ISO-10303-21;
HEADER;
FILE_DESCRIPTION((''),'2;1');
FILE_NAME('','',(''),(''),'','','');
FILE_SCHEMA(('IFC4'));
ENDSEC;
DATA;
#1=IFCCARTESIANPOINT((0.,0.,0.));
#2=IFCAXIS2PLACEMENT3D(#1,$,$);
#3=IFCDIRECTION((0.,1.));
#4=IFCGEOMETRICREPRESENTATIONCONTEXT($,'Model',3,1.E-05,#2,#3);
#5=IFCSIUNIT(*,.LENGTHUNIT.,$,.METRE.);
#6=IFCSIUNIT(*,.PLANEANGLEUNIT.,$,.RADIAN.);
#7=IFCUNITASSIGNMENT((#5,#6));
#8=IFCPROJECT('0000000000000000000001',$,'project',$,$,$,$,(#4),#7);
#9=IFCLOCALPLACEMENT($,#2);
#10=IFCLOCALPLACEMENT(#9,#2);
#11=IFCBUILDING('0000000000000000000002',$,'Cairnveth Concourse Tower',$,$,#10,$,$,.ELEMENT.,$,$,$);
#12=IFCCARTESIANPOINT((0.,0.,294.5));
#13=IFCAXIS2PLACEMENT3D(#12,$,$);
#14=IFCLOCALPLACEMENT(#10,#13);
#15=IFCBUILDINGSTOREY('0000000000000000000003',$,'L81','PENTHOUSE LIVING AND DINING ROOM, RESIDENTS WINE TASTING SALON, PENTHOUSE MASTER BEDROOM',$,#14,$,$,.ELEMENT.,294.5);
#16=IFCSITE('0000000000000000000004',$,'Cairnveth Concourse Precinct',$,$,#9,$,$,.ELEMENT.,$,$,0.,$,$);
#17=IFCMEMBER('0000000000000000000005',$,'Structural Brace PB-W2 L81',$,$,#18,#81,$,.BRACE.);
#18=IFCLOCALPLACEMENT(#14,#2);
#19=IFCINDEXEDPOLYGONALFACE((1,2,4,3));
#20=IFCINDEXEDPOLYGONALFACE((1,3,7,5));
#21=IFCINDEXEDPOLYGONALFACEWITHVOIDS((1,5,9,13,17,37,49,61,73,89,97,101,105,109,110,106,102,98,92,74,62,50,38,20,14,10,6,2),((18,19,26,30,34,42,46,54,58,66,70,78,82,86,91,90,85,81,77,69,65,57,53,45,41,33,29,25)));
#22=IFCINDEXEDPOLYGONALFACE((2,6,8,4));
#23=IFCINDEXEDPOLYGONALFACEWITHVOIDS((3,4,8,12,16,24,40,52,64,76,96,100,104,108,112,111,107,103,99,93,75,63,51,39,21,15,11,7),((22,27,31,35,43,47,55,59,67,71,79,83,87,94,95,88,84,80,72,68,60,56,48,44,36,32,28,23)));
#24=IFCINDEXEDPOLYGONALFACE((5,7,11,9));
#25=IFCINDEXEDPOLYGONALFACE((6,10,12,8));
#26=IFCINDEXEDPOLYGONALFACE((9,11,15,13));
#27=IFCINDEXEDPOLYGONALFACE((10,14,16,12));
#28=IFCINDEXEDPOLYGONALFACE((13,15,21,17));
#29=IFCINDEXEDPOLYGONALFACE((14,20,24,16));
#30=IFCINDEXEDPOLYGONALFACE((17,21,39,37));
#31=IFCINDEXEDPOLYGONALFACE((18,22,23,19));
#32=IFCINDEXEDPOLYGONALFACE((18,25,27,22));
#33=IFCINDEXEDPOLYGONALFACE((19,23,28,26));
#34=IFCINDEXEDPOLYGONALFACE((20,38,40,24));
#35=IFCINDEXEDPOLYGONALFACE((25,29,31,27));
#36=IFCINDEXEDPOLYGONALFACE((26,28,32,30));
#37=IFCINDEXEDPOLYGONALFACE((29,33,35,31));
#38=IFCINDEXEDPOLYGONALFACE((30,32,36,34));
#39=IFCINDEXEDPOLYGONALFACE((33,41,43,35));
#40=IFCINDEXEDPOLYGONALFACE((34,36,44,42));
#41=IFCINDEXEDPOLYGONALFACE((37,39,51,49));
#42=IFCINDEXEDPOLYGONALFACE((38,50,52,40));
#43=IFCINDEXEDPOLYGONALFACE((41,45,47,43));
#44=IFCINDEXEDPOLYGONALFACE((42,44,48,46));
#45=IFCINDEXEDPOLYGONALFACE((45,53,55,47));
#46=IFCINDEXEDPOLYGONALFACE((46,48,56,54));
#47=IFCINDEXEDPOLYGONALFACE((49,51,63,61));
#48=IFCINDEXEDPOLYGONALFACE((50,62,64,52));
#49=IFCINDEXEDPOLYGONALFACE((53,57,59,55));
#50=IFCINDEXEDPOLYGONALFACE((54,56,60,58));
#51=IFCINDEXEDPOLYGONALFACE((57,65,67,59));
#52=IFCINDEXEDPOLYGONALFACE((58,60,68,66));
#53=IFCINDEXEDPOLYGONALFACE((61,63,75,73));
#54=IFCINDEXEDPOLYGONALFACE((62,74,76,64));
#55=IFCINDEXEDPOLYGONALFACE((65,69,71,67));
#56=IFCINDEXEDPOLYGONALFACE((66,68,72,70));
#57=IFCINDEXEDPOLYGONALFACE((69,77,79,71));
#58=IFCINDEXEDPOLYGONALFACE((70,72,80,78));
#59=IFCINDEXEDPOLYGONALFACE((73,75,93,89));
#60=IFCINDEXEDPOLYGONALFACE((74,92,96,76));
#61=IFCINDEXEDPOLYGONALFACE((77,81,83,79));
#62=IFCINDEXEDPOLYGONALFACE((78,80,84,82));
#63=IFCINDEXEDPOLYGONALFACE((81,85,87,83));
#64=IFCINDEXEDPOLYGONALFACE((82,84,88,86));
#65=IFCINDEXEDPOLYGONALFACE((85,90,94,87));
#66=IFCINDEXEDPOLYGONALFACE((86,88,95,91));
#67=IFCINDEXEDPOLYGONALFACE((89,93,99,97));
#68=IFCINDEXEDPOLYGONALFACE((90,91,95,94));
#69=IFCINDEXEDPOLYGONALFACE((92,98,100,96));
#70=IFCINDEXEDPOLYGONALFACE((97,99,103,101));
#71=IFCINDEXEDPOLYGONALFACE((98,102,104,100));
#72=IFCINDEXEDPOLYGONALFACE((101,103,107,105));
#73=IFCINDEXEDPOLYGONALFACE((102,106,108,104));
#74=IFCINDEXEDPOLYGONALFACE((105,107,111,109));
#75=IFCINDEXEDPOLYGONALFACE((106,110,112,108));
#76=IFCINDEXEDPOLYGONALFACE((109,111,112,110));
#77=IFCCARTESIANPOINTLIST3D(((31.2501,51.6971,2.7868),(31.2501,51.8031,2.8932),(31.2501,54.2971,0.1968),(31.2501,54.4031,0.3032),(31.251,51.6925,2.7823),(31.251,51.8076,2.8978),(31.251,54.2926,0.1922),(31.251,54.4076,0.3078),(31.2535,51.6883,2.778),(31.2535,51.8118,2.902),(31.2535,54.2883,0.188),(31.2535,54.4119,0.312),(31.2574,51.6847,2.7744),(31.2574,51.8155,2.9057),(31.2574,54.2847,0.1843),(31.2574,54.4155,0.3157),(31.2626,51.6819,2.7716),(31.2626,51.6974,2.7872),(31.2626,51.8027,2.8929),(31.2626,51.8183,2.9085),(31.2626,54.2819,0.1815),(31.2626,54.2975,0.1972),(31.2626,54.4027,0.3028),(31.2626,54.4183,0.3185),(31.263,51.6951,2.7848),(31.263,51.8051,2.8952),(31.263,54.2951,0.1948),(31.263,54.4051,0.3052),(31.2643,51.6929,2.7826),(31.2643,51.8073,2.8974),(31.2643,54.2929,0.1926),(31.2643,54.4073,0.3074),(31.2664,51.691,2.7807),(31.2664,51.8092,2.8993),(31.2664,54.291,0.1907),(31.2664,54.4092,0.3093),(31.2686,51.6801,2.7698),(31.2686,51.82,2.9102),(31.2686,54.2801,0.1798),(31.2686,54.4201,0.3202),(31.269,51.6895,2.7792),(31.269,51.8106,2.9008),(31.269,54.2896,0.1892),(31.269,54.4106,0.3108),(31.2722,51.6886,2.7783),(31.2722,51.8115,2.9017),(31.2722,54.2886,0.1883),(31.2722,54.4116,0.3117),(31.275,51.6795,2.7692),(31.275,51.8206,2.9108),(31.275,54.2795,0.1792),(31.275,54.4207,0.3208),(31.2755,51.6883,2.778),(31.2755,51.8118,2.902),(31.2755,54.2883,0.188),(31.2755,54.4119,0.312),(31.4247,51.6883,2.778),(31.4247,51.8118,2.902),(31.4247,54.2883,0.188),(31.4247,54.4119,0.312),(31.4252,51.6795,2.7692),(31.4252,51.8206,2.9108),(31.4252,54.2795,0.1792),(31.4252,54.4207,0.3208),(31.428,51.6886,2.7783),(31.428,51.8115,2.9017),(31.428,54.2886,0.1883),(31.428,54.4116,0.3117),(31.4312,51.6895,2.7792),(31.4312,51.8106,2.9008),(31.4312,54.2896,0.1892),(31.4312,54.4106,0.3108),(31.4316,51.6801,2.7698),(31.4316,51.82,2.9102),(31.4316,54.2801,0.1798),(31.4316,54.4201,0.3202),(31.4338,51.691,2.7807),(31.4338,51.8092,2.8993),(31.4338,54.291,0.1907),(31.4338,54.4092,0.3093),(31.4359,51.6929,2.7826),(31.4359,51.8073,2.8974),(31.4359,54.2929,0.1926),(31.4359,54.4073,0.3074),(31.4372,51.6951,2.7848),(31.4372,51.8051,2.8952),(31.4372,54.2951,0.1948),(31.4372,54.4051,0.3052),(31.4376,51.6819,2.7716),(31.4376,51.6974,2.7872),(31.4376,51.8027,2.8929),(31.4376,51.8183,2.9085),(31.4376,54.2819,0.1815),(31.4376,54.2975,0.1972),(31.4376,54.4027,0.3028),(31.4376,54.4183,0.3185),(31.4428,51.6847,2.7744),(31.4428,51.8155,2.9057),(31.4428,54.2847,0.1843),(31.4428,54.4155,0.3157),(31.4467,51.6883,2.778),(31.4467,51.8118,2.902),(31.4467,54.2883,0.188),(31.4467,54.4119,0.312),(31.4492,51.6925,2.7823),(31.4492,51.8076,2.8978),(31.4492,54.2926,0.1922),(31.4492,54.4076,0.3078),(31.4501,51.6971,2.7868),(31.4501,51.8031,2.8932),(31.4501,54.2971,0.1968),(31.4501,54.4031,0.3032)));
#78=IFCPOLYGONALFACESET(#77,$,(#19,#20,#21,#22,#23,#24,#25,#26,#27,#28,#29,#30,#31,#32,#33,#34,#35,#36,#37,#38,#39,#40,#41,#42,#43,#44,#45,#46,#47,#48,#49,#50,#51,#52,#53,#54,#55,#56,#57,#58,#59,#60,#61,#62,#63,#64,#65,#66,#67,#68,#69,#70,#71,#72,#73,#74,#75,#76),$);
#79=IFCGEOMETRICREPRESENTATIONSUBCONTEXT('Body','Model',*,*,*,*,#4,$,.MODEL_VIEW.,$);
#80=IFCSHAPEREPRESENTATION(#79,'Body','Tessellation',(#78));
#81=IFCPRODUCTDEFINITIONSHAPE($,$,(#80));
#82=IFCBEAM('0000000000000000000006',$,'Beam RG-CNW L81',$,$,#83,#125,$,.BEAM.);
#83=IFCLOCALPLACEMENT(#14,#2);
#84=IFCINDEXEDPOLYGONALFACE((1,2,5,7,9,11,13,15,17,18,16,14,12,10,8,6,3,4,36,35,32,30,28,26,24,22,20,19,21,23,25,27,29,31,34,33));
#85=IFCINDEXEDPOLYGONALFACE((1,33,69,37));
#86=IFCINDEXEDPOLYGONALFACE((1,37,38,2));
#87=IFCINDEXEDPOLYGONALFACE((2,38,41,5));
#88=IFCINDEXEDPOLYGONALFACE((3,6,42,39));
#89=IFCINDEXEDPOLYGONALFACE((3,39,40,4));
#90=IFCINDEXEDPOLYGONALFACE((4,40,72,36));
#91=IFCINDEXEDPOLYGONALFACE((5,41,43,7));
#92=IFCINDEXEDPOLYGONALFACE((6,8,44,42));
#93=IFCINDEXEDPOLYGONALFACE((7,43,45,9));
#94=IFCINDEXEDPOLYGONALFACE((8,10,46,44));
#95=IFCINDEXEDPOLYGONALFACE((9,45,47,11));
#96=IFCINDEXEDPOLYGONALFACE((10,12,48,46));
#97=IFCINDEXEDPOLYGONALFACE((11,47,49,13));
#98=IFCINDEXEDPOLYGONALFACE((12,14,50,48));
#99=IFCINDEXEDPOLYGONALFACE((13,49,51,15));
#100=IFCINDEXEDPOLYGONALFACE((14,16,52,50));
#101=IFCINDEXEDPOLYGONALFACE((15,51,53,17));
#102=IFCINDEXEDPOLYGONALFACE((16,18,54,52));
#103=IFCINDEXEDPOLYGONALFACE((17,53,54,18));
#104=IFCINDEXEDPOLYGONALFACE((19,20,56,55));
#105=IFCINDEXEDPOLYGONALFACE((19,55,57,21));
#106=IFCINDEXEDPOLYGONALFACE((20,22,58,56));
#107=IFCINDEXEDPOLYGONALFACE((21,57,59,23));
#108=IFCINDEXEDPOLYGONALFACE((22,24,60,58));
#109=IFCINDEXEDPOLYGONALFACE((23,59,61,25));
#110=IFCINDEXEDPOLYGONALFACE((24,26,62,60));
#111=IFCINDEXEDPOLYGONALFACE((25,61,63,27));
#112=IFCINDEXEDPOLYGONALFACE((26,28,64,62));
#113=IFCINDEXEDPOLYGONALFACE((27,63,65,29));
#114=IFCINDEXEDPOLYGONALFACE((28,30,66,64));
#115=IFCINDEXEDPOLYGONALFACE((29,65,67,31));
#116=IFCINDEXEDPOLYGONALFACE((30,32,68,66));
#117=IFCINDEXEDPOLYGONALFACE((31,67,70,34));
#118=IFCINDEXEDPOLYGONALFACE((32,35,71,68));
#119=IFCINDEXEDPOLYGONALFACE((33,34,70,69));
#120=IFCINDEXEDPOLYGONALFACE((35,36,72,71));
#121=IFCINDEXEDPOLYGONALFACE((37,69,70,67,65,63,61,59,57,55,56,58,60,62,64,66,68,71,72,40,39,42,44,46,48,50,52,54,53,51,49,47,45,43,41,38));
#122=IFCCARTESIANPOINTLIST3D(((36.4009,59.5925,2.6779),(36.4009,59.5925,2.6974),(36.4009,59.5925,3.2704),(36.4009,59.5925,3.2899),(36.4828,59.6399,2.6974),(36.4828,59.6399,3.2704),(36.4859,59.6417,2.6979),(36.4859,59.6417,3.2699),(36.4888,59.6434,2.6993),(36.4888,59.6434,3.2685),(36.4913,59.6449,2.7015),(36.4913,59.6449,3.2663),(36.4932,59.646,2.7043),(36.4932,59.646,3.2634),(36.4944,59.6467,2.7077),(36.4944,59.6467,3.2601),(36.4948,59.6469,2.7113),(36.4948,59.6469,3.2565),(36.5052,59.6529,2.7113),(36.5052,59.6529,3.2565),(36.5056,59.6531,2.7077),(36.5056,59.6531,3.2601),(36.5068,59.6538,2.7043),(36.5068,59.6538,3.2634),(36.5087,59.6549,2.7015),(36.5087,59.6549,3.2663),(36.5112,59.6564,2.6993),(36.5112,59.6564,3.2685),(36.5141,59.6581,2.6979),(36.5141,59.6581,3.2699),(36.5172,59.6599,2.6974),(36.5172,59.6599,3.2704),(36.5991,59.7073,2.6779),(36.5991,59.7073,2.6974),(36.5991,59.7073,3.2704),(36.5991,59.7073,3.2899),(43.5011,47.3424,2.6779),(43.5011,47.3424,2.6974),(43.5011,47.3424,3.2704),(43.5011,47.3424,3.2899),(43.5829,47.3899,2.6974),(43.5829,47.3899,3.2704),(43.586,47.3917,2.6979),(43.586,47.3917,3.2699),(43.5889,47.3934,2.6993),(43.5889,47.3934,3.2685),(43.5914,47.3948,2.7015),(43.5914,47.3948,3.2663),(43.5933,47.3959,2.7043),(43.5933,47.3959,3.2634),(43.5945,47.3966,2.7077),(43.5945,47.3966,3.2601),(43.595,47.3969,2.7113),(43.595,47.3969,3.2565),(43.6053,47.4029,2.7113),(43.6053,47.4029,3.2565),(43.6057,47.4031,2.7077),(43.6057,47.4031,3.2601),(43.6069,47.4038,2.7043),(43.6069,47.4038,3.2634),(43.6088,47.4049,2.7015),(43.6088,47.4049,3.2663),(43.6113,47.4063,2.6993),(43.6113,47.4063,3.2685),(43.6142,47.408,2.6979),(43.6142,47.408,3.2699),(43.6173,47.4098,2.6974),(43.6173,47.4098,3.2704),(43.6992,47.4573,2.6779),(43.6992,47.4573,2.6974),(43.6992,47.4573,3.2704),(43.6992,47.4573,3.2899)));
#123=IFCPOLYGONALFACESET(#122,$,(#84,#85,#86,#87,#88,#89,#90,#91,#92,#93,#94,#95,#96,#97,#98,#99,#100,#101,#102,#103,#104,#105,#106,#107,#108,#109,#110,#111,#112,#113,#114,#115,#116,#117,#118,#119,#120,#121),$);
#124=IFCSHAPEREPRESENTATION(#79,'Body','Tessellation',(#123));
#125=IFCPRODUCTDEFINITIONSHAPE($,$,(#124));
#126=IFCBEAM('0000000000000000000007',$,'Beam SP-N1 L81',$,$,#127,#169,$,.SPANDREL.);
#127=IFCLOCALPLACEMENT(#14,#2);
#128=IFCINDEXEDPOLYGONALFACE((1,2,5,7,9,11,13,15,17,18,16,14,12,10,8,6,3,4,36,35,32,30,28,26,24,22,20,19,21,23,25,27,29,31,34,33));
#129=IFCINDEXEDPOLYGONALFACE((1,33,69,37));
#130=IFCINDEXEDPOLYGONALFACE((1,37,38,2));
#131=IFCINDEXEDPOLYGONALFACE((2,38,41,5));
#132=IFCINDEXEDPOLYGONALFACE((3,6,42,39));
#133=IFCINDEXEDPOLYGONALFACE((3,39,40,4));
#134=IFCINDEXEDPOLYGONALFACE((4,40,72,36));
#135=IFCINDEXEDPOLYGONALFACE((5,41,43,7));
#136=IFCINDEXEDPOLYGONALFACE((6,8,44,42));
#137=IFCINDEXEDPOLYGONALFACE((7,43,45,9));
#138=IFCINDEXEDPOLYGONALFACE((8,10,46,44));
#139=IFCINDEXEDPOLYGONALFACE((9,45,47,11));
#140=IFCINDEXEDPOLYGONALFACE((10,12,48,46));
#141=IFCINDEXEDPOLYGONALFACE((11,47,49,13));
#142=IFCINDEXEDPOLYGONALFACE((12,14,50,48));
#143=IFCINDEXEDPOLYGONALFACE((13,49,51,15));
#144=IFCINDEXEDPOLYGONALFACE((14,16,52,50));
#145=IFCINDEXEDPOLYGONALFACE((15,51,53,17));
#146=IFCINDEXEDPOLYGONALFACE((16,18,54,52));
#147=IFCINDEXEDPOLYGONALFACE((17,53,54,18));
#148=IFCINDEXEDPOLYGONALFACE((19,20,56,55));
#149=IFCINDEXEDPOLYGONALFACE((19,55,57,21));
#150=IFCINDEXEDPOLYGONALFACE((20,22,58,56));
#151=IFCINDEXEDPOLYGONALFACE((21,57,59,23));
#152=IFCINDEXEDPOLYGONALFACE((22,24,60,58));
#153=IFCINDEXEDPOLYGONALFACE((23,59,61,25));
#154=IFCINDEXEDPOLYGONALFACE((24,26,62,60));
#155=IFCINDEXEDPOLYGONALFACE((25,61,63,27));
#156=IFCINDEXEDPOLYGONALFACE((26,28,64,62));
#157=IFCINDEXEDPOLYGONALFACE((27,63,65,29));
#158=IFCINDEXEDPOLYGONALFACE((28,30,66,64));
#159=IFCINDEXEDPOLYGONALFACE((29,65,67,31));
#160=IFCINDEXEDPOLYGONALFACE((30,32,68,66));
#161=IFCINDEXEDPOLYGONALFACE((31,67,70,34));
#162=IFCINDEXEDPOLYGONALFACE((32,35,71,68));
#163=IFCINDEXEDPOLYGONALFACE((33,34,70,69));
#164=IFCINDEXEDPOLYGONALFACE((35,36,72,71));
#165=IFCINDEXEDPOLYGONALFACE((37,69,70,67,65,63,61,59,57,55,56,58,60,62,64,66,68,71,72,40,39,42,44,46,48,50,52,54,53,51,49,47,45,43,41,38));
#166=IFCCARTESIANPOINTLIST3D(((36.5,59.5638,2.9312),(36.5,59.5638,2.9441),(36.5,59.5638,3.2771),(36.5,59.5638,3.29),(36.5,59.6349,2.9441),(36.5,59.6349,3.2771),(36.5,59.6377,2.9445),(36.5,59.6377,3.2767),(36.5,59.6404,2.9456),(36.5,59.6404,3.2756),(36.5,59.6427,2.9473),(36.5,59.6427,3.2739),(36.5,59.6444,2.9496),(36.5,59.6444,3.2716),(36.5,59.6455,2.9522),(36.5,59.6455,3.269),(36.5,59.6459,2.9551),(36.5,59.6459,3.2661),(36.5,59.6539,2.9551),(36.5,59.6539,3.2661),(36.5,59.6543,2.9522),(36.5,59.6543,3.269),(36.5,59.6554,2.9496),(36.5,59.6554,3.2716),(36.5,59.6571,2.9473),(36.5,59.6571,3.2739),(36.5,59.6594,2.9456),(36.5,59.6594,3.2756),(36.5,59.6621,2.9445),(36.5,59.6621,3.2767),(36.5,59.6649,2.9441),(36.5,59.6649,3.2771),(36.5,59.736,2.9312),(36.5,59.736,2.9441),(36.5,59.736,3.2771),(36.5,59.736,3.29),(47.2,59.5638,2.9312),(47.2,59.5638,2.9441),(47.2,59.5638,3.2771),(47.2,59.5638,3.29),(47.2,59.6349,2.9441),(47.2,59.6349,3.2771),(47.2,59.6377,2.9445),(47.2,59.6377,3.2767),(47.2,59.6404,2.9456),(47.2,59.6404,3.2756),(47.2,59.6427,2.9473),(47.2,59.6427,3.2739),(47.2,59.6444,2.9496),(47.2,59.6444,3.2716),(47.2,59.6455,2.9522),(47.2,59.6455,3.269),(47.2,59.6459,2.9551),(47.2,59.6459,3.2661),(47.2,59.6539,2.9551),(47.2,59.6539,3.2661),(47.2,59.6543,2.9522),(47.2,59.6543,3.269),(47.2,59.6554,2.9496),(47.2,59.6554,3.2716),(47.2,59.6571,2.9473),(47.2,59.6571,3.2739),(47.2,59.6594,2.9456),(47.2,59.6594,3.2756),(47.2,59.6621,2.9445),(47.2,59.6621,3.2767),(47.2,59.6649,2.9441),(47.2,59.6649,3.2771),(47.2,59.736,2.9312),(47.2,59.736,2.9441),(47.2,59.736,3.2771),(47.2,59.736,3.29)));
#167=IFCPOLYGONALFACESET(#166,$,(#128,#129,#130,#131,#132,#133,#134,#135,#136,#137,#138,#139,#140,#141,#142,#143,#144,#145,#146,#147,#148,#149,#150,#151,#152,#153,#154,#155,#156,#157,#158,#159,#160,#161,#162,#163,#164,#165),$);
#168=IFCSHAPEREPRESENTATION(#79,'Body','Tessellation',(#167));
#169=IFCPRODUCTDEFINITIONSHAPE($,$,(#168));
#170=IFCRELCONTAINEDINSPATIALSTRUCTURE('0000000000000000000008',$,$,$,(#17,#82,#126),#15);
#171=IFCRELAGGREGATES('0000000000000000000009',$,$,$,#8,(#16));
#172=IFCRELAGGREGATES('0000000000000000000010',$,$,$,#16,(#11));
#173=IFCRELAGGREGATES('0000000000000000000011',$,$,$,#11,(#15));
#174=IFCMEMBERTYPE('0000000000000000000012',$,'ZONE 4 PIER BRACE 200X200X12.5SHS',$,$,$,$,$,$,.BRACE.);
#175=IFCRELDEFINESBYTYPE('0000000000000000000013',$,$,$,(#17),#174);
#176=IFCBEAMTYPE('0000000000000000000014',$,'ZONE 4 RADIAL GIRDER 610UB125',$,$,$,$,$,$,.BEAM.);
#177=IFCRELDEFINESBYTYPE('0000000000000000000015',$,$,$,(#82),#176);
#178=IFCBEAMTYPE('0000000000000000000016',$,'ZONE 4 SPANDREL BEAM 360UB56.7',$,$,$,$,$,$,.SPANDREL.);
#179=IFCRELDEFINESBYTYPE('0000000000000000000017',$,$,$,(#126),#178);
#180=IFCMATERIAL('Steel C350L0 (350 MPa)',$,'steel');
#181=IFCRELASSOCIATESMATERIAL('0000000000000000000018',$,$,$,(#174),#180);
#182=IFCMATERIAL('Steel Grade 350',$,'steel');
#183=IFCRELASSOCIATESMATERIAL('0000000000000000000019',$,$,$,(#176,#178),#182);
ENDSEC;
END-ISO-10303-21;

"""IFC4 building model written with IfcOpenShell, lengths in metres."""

from ifc_helpers import new_model, si_unit, direction, frame, origin, origin_2d, place, context, subcontext, project, spatial, hollow_rectangle, i_section, extrude, material, material_profile, profile_set, type_object, element, save


model = new_model("IFC4")

# Units and contexts
model_context = context("Model", 3, precision=1e-05, world=origin(), true_north=direction((0.0, 1.0)))
body_context = subcontext(model_context, "Body", "Model", "MODEL_VIEW")
ifc_project = project(units=[si_unit("LENGTHUNIT", "METRE"), si_unit("PLANEANGLEUNIT", "RADIAN")], contexts=[model_context])

# Site, building, storey
site_placement = place(None, origin())
site = spatial("IfcSite", under=ifc_project, at=site_placement, Name="Cairnveth Concourse Precinct", CompositionType="ELEMENT", RefElevation=0.0)
building_placement = place(site_placement, origin())
building = spatial("IfcBuilding", under=site, at=building_placement, Name="Cairnveth Concourse Tower", CompositionType="ELEMENT")
storey_placement = place(building_placement, frame((0.0, 0.0, 294.5)))
storey = spatial("IfcBuildingStorey", under=building, at=storey_placement, Name="L81", Description="PENTHOUSE LIVING AND DINING ROOM, RESIDENTS WINE TASTING SALON, PENTHOUSE MASTER BEDROOM", CompositionType="ELEMENT", Elevation=294.5)

# Shared definitions
ifc_material_1 = material(Name="Steel Grade 350", Category="steel")

# Member
ifc_material_2 = material(Name="Steel C350L0 (350 MPa)", Category="steel")
ifc_material_profile_1 = material_profile(ifc_material_2, hollow_rectangle(XDim=0.2, YDim=0.2, WallThickness=0.0125, InnerFilletRadius=0.0129, OuterFilletRadius=0.0249, at=origin_2d()), Name="200x200x12.5SHS")
ifc_profile_set_1 = profile_set([ifc_material_profile_1], Name="Steel C350L0 (350 MPa)")
member_type = type_object("IfcMemberType", Name="ZONE 4 PIER BRACE 200X200X12.5SHS", PredefinedType="BRACE", material=ifc_profile_set_1)
member_placement = place(storey_placement, frame((31.3501, 54.3501, 0.25), z_axis=(0.0, -0.708469, 0.705742), x_axis=(1.0, 0.0, 0.0)))
element("IfcMember", 1, at=member_placement, inside=storey, type_object=member_type, Name="Structural Brace PB-W2 L81", PredefinedType="BRACE", context=body_context, shape_type="SweptSolid", body=[
    extrude(hollow_rectangle(XDim=0.2, YDim=0.2, WallThickness=0.0125, InnerFilletRadius=0.0129, OuterFilletRadius=0.0249, at=origin_2d()), origin(), (0.0, 0.0, 1.0), 3.6699),
])

# Beams
ifc_material_profile_2 = material_profile(ifc_material_1, i_section(OverallWidth=0.229, OverallDepth=0.6121, WebThickness=0.012, FlangeThickness=0.0195, FilletRadius=0.0139, at=origin_2d()), Name="610UB125")
ifc_profile_set_2 = profile_set([ifc_material_profile_2], Name="Steel Grade 350")
beam_type_1 = type_object("IfcBeamType", Name="ZONE 4 RADIAL GIRDER 610UB125", PredefinedType="BEAM", material=ifc_profile_set_2)
beam_1_placement = place(storey_placement, frame((36.5, 59.6499, 2.9839), z_axis=(0.501459, -0.865181, 0.0), x_axis=(0.865181, 0.501459, 0.0)))
element("IfcBeam", 2, at=beam_1_placement, inside=storey, type_object=beam_type_1, Name="Beam RG-CNW L81", PredefinedType="BEAM", context=body_context, shape_type="SweptSolid", body=[
    extrude(i_section(OverallWidth=0.229, OverallDepth=0.6121, WebThickness=0.012, FlangeThickness=0.0195, FilletRadius=0.0139, at=origin_2d()), origin(), (0.0, 0.0, 1.0), 14.1589),
])
ifc_material_profile_3 = material_profile(ifc_material_1, i_section(OverallWidth=0.1721, OverallDepth=0.3589, WebThickness=0.0081, FlangeThickness=0.0129, FilletRadius=0.011, at=origin_2d()), Name="360UB56.7")
ifc_profile_set_3 = profile_set([ifc_material_profile_3], Name="Steel Grade 350")
beam_type_2 = type_object("IfcBeamType", Name="ZONE 4 SPANDREL BEAM 360UB56.7", PredefinedType="SPANDREL", material=ifc_profile_set_3)
beam_2_placement = place(storey_placement, frame((36.5, 59.6499, 3.1106), z_axis=(1.0, 0.0, 0.0), x_axis=(0.0, 1.0, 0.0)))
element("IfcBeam", 3, at=beam_2_placement, inside=storey, type_object=beam_type_2, Name="Beam SP-N1 L81", PredefinedType="SPANDREL", context=body_context, shape_type="SweptSolid", body=[
    extrude(i_section(OverallWidth=0.1721, OverallDepth=0.3589, WebThickness=0.0081, FlangeThickness=0.0129, FilletRadius=0.011, at=origin_2d()), origin(), (0.0, 0.0, 1.0), 10.7),
])

save(model, "model.ifc")
